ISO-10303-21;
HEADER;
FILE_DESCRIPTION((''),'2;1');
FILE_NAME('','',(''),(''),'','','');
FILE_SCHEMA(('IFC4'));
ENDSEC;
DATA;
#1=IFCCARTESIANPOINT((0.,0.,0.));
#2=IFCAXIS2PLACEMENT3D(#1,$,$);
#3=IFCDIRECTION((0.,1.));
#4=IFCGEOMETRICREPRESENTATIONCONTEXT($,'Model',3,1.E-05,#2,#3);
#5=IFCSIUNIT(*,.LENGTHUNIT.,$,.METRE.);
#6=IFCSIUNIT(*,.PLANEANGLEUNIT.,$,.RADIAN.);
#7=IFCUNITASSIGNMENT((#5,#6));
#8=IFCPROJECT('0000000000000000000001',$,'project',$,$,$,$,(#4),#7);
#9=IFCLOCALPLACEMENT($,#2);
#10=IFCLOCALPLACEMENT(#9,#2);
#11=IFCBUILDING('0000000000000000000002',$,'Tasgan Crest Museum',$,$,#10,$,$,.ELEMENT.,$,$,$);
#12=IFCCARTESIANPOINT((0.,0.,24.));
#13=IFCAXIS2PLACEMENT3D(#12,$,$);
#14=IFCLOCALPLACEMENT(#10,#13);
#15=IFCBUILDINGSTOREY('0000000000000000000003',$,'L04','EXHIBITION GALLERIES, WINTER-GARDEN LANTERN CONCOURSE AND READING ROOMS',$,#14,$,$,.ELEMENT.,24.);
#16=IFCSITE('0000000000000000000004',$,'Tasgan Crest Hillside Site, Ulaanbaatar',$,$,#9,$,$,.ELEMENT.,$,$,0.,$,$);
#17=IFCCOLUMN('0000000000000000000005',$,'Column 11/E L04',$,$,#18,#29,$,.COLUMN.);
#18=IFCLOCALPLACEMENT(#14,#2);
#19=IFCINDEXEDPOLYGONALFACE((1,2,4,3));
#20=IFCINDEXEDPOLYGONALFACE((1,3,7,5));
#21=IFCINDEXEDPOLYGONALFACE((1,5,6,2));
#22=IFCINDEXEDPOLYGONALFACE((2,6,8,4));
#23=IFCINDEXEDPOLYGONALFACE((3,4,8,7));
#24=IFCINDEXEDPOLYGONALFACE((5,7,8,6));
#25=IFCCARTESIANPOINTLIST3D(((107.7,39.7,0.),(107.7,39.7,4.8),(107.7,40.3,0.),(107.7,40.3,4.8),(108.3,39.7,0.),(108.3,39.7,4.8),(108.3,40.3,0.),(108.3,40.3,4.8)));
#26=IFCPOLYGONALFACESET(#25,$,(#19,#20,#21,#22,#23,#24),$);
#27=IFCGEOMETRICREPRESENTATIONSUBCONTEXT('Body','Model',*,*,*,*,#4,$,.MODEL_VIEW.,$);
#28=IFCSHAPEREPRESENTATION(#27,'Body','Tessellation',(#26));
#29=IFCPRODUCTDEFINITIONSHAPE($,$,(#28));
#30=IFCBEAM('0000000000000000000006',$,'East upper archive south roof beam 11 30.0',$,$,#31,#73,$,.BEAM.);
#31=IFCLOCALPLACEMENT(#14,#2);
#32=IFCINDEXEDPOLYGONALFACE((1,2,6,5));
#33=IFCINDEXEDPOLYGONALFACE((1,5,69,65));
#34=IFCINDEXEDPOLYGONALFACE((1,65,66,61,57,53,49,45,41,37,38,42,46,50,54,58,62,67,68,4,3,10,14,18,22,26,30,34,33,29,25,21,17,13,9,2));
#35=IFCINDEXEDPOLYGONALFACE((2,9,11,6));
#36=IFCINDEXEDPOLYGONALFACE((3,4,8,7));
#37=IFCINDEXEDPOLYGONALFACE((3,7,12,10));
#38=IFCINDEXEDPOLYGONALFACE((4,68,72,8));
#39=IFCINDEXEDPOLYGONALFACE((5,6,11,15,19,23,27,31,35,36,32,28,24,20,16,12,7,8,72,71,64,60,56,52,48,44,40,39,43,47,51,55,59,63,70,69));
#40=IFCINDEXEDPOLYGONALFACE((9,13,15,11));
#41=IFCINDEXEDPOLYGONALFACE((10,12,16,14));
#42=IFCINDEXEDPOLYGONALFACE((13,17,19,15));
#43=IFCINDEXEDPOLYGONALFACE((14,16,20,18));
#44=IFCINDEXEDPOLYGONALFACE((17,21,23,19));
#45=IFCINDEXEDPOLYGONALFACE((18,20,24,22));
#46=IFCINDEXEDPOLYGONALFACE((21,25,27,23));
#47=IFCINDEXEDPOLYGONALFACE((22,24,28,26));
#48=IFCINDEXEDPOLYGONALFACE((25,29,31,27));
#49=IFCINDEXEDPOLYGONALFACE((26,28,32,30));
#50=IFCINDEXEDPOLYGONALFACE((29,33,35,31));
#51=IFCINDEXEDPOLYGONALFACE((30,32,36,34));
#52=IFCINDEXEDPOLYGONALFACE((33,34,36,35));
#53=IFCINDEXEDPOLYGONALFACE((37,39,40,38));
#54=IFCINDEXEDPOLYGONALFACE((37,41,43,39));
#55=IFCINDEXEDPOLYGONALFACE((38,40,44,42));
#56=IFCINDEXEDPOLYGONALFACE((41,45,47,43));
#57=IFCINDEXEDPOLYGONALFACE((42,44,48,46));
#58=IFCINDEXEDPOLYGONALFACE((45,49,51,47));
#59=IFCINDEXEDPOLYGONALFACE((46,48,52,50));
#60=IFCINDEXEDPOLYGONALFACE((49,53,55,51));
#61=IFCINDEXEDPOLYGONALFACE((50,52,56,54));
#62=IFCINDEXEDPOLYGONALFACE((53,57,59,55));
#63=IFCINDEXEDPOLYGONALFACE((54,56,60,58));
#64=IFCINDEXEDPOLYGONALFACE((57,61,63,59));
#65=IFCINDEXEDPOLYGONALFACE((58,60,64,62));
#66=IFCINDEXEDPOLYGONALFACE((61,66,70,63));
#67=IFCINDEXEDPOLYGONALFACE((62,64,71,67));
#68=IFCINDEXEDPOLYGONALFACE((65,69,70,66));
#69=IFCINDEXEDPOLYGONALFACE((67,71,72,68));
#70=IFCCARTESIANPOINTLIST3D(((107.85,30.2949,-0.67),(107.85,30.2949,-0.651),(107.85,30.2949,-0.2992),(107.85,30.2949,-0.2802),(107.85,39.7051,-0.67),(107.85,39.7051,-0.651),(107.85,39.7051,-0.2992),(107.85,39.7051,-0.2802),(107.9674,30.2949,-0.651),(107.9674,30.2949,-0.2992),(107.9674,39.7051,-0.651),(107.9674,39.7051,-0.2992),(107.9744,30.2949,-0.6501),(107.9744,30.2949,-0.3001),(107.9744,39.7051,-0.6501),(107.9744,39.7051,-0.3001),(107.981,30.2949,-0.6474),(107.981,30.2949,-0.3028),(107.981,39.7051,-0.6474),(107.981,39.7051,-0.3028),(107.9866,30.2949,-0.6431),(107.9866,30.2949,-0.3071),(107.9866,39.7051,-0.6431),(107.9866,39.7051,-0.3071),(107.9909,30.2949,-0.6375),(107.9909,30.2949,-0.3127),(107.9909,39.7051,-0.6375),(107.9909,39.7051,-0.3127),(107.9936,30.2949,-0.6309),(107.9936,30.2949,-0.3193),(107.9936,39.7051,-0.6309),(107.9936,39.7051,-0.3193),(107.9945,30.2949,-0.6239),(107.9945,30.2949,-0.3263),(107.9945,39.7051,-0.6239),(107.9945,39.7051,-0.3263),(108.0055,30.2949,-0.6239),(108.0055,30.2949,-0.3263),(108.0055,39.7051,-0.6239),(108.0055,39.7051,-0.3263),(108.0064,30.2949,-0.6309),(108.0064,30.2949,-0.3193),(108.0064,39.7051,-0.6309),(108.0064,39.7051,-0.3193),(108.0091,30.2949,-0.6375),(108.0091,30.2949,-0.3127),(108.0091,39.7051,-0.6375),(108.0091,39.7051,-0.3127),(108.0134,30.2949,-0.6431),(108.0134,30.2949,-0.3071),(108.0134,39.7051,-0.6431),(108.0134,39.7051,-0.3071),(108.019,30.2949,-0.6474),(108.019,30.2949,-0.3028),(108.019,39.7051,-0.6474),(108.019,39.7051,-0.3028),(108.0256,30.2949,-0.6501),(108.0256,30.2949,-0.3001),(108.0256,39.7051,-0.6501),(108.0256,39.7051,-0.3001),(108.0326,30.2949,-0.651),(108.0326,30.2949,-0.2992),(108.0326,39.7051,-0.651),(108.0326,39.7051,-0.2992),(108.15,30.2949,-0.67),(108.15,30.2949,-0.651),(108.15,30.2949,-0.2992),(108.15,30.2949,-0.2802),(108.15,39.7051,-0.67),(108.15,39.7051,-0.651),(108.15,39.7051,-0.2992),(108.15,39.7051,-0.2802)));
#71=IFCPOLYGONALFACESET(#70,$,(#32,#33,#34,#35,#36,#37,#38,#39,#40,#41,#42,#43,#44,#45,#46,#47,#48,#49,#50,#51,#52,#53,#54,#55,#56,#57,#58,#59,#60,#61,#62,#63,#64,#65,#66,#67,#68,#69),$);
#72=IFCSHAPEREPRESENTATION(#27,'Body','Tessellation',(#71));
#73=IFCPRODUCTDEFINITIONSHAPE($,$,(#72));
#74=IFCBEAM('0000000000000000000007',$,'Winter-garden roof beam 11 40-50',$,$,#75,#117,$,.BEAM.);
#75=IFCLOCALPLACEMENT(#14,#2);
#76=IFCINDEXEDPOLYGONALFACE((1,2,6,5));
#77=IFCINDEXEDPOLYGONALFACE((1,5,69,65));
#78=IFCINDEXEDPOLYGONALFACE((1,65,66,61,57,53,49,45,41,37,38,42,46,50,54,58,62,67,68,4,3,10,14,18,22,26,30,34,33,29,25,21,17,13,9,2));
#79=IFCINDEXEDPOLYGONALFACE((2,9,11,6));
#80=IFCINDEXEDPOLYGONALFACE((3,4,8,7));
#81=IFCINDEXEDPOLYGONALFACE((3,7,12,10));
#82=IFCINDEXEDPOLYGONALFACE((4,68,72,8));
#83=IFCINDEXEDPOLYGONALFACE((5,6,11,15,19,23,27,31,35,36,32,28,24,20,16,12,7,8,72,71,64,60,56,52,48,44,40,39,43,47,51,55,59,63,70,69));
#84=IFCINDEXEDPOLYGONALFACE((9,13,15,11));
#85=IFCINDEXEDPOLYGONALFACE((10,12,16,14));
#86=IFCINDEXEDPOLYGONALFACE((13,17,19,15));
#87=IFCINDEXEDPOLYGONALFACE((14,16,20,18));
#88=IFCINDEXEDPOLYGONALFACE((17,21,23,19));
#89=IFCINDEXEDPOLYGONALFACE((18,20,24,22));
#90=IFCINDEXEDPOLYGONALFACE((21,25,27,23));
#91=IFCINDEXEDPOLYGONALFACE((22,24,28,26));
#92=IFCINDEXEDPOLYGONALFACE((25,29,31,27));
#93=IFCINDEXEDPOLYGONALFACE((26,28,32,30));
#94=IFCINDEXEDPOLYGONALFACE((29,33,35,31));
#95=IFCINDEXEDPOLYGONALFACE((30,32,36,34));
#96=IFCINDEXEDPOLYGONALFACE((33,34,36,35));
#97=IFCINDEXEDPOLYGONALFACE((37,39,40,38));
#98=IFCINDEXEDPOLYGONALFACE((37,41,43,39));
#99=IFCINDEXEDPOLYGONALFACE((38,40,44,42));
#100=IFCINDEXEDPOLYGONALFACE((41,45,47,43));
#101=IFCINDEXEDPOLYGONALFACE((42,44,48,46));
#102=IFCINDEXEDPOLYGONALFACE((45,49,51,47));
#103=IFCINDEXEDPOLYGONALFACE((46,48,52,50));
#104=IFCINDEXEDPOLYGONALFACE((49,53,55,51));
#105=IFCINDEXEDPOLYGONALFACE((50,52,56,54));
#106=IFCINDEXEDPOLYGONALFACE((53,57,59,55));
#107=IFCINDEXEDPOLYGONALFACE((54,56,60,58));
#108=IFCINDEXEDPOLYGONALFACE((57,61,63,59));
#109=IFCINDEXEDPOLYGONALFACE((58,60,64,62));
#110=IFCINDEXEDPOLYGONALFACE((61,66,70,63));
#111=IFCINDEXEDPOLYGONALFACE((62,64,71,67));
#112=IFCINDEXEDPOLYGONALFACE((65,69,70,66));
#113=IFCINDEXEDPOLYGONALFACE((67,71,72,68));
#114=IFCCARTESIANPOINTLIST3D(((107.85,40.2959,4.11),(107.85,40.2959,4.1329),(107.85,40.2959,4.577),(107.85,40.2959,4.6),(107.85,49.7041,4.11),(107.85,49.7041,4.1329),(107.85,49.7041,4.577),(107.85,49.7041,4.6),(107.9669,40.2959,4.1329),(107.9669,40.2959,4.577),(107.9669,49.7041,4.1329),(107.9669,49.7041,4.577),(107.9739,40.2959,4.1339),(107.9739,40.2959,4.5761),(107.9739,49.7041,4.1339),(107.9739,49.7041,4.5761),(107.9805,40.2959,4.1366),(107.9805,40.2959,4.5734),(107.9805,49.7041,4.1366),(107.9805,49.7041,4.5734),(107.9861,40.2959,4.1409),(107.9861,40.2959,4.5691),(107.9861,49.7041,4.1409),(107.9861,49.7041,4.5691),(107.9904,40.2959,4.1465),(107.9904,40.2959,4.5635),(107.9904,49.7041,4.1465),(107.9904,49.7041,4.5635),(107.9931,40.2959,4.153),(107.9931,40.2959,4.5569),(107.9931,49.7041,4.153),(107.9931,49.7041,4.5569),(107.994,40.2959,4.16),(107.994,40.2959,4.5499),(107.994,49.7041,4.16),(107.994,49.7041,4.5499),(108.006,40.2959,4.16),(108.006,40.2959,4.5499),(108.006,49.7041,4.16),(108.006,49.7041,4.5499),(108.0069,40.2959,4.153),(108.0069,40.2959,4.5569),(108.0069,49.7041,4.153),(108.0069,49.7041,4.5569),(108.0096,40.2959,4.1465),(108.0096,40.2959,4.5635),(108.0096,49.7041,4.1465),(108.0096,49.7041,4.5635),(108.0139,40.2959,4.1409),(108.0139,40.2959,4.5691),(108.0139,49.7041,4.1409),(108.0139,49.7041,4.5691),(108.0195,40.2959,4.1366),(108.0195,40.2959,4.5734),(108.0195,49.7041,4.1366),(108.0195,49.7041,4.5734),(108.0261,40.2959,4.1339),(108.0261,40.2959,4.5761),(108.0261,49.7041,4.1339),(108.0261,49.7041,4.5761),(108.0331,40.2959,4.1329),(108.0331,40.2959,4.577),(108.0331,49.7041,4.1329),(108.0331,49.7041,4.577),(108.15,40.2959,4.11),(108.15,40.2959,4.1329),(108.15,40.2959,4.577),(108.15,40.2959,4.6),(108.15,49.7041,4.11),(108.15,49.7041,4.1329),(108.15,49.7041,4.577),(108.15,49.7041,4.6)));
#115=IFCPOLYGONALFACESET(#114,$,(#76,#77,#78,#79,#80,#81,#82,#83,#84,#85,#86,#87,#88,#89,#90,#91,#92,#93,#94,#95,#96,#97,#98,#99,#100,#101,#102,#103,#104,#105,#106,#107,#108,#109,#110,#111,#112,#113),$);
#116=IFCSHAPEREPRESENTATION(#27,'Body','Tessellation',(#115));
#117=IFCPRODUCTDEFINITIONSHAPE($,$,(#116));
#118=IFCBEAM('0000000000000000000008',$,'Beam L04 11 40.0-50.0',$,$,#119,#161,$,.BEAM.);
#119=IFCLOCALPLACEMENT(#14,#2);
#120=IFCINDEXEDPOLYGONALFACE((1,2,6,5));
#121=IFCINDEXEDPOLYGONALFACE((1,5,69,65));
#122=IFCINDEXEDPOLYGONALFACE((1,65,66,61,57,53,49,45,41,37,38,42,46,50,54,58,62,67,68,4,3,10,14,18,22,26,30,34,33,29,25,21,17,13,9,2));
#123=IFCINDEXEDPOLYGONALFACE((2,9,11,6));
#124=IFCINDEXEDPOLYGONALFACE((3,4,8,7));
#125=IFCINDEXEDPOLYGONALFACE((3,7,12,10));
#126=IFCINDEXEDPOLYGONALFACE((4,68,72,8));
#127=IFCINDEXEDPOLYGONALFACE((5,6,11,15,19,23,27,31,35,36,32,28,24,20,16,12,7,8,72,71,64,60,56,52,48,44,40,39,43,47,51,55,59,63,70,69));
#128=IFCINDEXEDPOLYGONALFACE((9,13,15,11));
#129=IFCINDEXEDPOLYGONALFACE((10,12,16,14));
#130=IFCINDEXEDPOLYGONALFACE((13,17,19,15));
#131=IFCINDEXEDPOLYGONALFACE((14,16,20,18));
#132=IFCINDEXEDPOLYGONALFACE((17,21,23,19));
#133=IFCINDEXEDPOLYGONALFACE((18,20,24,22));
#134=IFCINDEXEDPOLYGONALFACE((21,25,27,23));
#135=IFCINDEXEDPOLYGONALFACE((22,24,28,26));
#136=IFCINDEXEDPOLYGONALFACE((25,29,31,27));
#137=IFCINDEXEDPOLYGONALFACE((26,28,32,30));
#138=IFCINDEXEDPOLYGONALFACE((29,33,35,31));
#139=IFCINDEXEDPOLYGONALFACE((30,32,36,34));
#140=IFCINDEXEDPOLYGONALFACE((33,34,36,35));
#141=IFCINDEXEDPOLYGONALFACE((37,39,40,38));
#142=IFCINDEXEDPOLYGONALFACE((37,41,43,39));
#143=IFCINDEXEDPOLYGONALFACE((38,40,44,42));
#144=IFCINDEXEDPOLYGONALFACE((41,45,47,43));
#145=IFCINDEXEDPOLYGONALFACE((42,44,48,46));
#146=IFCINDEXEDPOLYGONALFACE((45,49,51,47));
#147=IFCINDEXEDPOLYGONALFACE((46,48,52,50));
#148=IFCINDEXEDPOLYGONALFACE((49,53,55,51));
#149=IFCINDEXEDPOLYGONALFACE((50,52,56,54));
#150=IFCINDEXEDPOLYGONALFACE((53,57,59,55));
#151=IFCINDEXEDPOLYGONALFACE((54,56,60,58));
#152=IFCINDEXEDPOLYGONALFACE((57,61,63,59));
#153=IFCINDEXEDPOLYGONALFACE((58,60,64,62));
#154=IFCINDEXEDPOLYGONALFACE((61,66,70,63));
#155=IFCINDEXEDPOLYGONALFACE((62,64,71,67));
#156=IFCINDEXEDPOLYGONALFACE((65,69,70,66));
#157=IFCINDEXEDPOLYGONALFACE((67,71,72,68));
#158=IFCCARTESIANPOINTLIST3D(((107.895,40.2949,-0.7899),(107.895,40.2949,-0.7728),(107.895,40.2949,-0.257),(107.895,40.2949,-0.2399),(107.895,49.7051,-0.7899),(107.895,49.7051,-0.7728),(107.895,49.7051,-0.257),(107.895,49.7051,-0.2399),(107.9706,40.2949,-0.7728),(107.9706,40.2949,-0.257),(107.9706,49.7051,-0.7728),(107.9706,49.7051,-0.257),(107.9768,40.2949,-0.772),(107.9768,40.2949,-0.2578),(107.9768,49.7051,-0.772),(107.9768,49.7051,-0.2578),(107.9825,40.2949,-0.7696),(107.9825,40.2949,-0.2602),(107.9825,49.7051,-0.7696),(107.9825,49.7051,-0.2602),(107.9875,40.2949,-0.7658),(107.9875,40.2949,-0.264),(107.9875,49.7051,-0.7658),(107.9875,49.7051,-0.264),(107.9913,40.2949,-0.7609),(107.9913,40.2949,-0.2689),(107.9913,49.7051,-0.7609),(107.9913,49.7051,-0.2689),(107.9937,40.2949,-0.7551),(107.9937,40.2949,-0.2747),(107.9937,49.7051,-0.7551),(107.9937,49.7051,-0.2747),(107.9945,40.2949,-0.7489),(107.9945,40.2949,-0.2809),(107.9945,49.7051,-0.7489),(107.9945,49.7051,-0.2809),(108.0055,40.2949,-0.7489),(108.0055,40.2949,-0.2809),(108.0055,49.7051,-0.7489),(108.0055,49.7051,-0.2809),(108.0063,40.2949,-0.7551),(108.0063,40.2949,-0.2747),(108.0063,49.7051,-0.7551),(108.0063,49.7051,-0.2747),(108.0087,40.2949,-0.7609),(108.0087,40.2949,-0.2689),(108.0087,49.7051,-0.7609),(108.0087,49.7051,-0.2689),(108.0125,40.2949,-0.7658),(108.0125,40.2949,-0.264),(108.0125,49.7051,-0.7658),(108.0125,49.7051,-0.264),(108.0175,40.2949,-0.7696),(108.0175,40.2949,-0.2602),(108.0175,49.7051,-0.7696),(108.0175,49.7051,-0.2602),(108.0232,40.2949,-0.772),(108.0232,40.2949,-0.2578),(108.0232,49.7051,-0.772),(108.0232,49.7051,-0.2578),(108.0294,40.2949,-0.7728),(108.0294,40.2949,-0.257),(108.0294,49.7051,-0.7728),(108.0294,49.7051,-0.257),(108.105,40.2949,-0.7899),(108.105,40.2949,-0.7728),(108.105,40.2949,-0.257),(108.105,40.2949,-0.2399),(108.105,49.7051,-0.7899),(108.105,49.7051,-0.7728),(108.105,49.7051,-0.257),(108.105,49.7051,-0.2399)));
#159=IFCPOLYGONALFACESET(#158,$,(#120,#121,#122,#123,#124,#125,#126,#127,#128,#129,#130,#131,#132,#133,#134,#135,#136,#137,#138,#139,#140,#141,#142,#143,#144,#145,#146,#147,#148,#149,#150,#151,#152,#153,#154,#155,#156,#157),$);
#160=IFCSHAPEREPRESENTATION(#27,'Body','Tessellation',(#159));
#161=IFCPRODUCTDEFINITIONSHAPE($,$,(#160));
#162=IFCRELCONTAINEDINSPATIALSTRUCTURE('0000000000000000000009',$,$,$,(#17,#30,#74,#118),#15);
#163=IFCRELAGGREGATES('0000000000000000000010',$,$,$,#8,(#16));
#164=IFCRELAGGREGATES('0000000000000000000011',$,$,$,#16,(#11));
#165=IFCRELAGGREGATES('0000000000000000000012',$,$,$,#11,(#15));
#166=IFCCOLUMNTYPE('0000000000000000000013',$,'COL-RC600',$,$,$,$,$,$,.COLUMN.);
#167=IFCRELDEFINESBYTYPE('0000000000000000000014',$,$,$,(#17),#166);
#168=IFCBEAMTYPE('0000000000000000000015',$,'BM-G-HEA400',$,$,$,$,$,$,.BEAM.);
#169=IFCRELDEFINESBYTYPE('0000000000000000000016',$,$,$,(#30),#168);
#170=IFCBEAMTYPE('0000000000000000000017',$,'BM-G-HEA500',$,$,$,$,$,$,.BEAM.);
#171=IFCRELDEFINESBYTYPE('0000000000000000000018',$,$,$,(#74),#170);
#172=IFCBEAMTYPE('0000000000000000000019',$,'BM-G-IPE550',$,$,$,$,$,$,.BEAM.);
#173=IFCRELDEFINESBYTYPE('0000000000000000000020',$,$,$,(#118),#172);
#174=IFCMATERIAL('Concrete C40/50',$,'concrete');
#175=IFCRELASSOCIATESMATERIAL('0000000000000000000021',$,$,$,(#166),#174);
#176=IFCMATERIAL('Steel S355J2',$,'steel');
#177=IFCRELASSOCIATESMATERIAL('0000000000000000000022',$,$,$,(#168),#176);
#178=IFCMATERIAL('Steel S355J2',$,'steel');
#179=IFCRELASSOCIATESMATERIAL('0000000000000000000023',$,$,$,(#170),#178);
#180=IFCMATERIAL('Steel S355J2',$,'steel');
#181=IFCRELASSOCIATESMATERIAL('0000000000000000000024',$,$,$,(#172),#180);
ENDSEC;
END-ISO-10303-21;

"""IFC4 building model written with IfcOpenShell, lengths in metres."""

from ifc_helpers import new_model, si_unit, direction, frame, origin, origin_2d, place, context, subcontext, project, spatial, rectangle, i_section, extrude, material, material_profile, profile_set, type_object, element, save


model = new_model("IFC4")

# Units and contexts
model_context = context("Model", 3, precision=1e-05, world=origin(), true_north=direction((0.0, 1.0)))
body_context = subcontext(model_context, "Body", "Model", "MODEL_VIEW")
ifc_project = project(units=[si_unit("LENGTHUNIT", "METRE"), si_unit("PLANEANGLEUNIT", "RADIAN")], contexts=[model_context])

# Site, building, storey
site_placement = place(None, origin())
site = spatial("IfcSite", under=ifc_project, at=site_placement, Name="Tasgan Crest Hillside Site, Ulaanbaatar", CompositionType="ELEMENT", RefElevation=0.0)
building_placement = place(site_placement, origin())
building = spatial("IfcBuilding", under=site, at=building_placement, Name="Tasgan Crest Museum", CompositionType="ELEMENT")
storey_placement = place(building_placement, frame((0.0, 0.0, 24.0)))
storey = spatial("IfcBuildingStorey", under=building, at=storey_placement, Name="L04", Description="EXHIBITION GALLERIES, WINTER-GARDEN LANTERN CONCOURSE AND READING ROOMS", CompositionType="ELEMENT", Elevation=24.0)

# Column
ifc_material_1 = material(Name="Concrete C40/50", Category="concrete")
ifc_material_profile_1 = material_profile(ifc_material_1, rectangle(XDim=0.6001, YDim=0.6001, at=origin_2d()), Name="RC 600x600")
ifc_profile_set_1 = profile_set([ifc_material_profile_1], Name="Concrete C40/50")
column_type = type_object("IfcColumnType", Name="COL-RC600", PredefinedType="COLUMN", material=ifc_profile_set_1)
column_placement = place(storey_placement, frame((108.0, 40.0, 0.0), z_axis=(0.0, 0.0, 1.0), x_axis=(1.0, 0.0, 0.0)))
element("IfcColumn", 1, at=column_placement, inside=storey, type_object=column_type, Name="Column 11/E L04", PredefinedType="COLUMN", context=body_context, shape_type="SweptSolid", body=[
    extrude(rectangle(XDim=0.6001, YDim=0.6001, at=origin_2d()), origin(), (0.0, 0.0, 1.0), 4.8),
])

# Beams
ifc_material_2 = material(Name="Steel S355J2", Category="steel")
ifc_material_profile_2 = material_profile(ifc_material_2, i_section(OverallWidth=0.3, OverallDepth=0.3899, WebThickness=0.011, FlangeThickness=0.019, FilletRadius=0.0271, at=origin_2d()), Name="HEA 400")
ifc_profile_set_2 = profile_set([ifc_material_profile_2], Name="Steel S355J2")
beam_type_1 = type_object("IfcBeamType", Name="BM-G-HEA400", PredefinedType="BEAM", material=ifc_profile_set_2)
beam_1_placement = place(storey_placement, frame((108.0, 30.2949, -0.4751), z_axis=(0.0, 1.0, 0.0), x_axis=(-1.0, 0.0, 0.0)))
element("IfcBeam", 2, at=beam_1_placement, inside=storey, type_object=beam_type_1, Name="East upper archive south roof beam 11 30.0", PredefinedType="BEAM", context=body_context, shape_type="SweptSolid", body=[
    extrude(i_section(OverallWidth=0.3, OverallDepth=0.3899, WebThickness=0.011, FlangeThickness=0.019, FilletRadius=0.0271, at=origin_2d()), origin(), (0.0, 0.0, 1.0), 9.4102),
])
ifc_material_3 = material(Name="Steel S355J2", Category="steel")
ifc_material_profile_3 = material_profile(ifc_material_3, i_section(OverallWidth=0.3, OverallDepth=0.49, WebThickness=0.012, FlangeThickness=0.0229, FilletRadius=0.0271, at=origin_2d()), Name="HEA 500")
ifc_profile_set_3 = profile_set([ifc_material_profile_3], Name="Steel S355J2")
beam_type_2 = type_object("IfcBeamType", Name="BM-G-HEA500", PredefinedType="BEAM", material=ifc_profile_set_3)
beam_2_placement = place(storey_placement, frame((108.0, 40.2959, 4.355), z_axis=(0.0, 1.0, 0.0), x_axis=(-1.0, 0.0, 0.0)))
element("IfcBeam", 3, at=beam_2_placement, inside=storey, type_object=beam_type_2, Name="Winter-garden roof beam 11 40-50", PredefinedType="BEAM", context=body_context, shape_type="SweptSolid", body=[
    extrude(i_section(OverallWidth=0.3, OverallDepth=0.49, WebThickness=0.012, FlangeThickness=0.0229, FilletRadius=0.0271, at=origin_2d()), origin(), (0.0, 0.0, 1.0), 9.4082),
])
ifc_material_4 = material(Name="Steel S355J2", Category="steel")
ifc_material_profile_4 = material_profile(ifc_material_4, i_section(OverallWidth=0.21, OverallDepth=0.55, WebThickness=0.011, FlangeThickness=0.0171, FilletRadius=0.0239, at=origin_2d()), Name="IPE 550")
ifc_profile_set_4 = profile_set([ifc_material_profile_4], Name="Steel S355J2")
beam_type_3 = type_object("IfcBeamType", Name="BM-G-IPE550", PredefinedType="BEAM", material=ifc_profile_set_4)
beam_3_placement = place(storey_placement, frame((108.0, 40.2949, -0.5149), z_axis=(0.0, 1.0, 0.0), x_axis=(-1.0, 0.0, 0.0)))
element("IfcBeam", 4, at=beam_3_placement, inside=storey, type_object=beam_type_3, Name="Beam L04 11 40.0-50.0", PredefinedType="BEAM", context=body_context, shape_type="SweptSolid", body=[
    extrude(i_section(OverallWidth=0.21, OverallDepth=0.55, WebThickness=0.011, FlangeThickness=0.0171, FilletRadius=0.0239, at=origin_2d()), origin(), (0.0, 0.0, 1.0), 9.4102),
])

save(model, "model.ifc")
